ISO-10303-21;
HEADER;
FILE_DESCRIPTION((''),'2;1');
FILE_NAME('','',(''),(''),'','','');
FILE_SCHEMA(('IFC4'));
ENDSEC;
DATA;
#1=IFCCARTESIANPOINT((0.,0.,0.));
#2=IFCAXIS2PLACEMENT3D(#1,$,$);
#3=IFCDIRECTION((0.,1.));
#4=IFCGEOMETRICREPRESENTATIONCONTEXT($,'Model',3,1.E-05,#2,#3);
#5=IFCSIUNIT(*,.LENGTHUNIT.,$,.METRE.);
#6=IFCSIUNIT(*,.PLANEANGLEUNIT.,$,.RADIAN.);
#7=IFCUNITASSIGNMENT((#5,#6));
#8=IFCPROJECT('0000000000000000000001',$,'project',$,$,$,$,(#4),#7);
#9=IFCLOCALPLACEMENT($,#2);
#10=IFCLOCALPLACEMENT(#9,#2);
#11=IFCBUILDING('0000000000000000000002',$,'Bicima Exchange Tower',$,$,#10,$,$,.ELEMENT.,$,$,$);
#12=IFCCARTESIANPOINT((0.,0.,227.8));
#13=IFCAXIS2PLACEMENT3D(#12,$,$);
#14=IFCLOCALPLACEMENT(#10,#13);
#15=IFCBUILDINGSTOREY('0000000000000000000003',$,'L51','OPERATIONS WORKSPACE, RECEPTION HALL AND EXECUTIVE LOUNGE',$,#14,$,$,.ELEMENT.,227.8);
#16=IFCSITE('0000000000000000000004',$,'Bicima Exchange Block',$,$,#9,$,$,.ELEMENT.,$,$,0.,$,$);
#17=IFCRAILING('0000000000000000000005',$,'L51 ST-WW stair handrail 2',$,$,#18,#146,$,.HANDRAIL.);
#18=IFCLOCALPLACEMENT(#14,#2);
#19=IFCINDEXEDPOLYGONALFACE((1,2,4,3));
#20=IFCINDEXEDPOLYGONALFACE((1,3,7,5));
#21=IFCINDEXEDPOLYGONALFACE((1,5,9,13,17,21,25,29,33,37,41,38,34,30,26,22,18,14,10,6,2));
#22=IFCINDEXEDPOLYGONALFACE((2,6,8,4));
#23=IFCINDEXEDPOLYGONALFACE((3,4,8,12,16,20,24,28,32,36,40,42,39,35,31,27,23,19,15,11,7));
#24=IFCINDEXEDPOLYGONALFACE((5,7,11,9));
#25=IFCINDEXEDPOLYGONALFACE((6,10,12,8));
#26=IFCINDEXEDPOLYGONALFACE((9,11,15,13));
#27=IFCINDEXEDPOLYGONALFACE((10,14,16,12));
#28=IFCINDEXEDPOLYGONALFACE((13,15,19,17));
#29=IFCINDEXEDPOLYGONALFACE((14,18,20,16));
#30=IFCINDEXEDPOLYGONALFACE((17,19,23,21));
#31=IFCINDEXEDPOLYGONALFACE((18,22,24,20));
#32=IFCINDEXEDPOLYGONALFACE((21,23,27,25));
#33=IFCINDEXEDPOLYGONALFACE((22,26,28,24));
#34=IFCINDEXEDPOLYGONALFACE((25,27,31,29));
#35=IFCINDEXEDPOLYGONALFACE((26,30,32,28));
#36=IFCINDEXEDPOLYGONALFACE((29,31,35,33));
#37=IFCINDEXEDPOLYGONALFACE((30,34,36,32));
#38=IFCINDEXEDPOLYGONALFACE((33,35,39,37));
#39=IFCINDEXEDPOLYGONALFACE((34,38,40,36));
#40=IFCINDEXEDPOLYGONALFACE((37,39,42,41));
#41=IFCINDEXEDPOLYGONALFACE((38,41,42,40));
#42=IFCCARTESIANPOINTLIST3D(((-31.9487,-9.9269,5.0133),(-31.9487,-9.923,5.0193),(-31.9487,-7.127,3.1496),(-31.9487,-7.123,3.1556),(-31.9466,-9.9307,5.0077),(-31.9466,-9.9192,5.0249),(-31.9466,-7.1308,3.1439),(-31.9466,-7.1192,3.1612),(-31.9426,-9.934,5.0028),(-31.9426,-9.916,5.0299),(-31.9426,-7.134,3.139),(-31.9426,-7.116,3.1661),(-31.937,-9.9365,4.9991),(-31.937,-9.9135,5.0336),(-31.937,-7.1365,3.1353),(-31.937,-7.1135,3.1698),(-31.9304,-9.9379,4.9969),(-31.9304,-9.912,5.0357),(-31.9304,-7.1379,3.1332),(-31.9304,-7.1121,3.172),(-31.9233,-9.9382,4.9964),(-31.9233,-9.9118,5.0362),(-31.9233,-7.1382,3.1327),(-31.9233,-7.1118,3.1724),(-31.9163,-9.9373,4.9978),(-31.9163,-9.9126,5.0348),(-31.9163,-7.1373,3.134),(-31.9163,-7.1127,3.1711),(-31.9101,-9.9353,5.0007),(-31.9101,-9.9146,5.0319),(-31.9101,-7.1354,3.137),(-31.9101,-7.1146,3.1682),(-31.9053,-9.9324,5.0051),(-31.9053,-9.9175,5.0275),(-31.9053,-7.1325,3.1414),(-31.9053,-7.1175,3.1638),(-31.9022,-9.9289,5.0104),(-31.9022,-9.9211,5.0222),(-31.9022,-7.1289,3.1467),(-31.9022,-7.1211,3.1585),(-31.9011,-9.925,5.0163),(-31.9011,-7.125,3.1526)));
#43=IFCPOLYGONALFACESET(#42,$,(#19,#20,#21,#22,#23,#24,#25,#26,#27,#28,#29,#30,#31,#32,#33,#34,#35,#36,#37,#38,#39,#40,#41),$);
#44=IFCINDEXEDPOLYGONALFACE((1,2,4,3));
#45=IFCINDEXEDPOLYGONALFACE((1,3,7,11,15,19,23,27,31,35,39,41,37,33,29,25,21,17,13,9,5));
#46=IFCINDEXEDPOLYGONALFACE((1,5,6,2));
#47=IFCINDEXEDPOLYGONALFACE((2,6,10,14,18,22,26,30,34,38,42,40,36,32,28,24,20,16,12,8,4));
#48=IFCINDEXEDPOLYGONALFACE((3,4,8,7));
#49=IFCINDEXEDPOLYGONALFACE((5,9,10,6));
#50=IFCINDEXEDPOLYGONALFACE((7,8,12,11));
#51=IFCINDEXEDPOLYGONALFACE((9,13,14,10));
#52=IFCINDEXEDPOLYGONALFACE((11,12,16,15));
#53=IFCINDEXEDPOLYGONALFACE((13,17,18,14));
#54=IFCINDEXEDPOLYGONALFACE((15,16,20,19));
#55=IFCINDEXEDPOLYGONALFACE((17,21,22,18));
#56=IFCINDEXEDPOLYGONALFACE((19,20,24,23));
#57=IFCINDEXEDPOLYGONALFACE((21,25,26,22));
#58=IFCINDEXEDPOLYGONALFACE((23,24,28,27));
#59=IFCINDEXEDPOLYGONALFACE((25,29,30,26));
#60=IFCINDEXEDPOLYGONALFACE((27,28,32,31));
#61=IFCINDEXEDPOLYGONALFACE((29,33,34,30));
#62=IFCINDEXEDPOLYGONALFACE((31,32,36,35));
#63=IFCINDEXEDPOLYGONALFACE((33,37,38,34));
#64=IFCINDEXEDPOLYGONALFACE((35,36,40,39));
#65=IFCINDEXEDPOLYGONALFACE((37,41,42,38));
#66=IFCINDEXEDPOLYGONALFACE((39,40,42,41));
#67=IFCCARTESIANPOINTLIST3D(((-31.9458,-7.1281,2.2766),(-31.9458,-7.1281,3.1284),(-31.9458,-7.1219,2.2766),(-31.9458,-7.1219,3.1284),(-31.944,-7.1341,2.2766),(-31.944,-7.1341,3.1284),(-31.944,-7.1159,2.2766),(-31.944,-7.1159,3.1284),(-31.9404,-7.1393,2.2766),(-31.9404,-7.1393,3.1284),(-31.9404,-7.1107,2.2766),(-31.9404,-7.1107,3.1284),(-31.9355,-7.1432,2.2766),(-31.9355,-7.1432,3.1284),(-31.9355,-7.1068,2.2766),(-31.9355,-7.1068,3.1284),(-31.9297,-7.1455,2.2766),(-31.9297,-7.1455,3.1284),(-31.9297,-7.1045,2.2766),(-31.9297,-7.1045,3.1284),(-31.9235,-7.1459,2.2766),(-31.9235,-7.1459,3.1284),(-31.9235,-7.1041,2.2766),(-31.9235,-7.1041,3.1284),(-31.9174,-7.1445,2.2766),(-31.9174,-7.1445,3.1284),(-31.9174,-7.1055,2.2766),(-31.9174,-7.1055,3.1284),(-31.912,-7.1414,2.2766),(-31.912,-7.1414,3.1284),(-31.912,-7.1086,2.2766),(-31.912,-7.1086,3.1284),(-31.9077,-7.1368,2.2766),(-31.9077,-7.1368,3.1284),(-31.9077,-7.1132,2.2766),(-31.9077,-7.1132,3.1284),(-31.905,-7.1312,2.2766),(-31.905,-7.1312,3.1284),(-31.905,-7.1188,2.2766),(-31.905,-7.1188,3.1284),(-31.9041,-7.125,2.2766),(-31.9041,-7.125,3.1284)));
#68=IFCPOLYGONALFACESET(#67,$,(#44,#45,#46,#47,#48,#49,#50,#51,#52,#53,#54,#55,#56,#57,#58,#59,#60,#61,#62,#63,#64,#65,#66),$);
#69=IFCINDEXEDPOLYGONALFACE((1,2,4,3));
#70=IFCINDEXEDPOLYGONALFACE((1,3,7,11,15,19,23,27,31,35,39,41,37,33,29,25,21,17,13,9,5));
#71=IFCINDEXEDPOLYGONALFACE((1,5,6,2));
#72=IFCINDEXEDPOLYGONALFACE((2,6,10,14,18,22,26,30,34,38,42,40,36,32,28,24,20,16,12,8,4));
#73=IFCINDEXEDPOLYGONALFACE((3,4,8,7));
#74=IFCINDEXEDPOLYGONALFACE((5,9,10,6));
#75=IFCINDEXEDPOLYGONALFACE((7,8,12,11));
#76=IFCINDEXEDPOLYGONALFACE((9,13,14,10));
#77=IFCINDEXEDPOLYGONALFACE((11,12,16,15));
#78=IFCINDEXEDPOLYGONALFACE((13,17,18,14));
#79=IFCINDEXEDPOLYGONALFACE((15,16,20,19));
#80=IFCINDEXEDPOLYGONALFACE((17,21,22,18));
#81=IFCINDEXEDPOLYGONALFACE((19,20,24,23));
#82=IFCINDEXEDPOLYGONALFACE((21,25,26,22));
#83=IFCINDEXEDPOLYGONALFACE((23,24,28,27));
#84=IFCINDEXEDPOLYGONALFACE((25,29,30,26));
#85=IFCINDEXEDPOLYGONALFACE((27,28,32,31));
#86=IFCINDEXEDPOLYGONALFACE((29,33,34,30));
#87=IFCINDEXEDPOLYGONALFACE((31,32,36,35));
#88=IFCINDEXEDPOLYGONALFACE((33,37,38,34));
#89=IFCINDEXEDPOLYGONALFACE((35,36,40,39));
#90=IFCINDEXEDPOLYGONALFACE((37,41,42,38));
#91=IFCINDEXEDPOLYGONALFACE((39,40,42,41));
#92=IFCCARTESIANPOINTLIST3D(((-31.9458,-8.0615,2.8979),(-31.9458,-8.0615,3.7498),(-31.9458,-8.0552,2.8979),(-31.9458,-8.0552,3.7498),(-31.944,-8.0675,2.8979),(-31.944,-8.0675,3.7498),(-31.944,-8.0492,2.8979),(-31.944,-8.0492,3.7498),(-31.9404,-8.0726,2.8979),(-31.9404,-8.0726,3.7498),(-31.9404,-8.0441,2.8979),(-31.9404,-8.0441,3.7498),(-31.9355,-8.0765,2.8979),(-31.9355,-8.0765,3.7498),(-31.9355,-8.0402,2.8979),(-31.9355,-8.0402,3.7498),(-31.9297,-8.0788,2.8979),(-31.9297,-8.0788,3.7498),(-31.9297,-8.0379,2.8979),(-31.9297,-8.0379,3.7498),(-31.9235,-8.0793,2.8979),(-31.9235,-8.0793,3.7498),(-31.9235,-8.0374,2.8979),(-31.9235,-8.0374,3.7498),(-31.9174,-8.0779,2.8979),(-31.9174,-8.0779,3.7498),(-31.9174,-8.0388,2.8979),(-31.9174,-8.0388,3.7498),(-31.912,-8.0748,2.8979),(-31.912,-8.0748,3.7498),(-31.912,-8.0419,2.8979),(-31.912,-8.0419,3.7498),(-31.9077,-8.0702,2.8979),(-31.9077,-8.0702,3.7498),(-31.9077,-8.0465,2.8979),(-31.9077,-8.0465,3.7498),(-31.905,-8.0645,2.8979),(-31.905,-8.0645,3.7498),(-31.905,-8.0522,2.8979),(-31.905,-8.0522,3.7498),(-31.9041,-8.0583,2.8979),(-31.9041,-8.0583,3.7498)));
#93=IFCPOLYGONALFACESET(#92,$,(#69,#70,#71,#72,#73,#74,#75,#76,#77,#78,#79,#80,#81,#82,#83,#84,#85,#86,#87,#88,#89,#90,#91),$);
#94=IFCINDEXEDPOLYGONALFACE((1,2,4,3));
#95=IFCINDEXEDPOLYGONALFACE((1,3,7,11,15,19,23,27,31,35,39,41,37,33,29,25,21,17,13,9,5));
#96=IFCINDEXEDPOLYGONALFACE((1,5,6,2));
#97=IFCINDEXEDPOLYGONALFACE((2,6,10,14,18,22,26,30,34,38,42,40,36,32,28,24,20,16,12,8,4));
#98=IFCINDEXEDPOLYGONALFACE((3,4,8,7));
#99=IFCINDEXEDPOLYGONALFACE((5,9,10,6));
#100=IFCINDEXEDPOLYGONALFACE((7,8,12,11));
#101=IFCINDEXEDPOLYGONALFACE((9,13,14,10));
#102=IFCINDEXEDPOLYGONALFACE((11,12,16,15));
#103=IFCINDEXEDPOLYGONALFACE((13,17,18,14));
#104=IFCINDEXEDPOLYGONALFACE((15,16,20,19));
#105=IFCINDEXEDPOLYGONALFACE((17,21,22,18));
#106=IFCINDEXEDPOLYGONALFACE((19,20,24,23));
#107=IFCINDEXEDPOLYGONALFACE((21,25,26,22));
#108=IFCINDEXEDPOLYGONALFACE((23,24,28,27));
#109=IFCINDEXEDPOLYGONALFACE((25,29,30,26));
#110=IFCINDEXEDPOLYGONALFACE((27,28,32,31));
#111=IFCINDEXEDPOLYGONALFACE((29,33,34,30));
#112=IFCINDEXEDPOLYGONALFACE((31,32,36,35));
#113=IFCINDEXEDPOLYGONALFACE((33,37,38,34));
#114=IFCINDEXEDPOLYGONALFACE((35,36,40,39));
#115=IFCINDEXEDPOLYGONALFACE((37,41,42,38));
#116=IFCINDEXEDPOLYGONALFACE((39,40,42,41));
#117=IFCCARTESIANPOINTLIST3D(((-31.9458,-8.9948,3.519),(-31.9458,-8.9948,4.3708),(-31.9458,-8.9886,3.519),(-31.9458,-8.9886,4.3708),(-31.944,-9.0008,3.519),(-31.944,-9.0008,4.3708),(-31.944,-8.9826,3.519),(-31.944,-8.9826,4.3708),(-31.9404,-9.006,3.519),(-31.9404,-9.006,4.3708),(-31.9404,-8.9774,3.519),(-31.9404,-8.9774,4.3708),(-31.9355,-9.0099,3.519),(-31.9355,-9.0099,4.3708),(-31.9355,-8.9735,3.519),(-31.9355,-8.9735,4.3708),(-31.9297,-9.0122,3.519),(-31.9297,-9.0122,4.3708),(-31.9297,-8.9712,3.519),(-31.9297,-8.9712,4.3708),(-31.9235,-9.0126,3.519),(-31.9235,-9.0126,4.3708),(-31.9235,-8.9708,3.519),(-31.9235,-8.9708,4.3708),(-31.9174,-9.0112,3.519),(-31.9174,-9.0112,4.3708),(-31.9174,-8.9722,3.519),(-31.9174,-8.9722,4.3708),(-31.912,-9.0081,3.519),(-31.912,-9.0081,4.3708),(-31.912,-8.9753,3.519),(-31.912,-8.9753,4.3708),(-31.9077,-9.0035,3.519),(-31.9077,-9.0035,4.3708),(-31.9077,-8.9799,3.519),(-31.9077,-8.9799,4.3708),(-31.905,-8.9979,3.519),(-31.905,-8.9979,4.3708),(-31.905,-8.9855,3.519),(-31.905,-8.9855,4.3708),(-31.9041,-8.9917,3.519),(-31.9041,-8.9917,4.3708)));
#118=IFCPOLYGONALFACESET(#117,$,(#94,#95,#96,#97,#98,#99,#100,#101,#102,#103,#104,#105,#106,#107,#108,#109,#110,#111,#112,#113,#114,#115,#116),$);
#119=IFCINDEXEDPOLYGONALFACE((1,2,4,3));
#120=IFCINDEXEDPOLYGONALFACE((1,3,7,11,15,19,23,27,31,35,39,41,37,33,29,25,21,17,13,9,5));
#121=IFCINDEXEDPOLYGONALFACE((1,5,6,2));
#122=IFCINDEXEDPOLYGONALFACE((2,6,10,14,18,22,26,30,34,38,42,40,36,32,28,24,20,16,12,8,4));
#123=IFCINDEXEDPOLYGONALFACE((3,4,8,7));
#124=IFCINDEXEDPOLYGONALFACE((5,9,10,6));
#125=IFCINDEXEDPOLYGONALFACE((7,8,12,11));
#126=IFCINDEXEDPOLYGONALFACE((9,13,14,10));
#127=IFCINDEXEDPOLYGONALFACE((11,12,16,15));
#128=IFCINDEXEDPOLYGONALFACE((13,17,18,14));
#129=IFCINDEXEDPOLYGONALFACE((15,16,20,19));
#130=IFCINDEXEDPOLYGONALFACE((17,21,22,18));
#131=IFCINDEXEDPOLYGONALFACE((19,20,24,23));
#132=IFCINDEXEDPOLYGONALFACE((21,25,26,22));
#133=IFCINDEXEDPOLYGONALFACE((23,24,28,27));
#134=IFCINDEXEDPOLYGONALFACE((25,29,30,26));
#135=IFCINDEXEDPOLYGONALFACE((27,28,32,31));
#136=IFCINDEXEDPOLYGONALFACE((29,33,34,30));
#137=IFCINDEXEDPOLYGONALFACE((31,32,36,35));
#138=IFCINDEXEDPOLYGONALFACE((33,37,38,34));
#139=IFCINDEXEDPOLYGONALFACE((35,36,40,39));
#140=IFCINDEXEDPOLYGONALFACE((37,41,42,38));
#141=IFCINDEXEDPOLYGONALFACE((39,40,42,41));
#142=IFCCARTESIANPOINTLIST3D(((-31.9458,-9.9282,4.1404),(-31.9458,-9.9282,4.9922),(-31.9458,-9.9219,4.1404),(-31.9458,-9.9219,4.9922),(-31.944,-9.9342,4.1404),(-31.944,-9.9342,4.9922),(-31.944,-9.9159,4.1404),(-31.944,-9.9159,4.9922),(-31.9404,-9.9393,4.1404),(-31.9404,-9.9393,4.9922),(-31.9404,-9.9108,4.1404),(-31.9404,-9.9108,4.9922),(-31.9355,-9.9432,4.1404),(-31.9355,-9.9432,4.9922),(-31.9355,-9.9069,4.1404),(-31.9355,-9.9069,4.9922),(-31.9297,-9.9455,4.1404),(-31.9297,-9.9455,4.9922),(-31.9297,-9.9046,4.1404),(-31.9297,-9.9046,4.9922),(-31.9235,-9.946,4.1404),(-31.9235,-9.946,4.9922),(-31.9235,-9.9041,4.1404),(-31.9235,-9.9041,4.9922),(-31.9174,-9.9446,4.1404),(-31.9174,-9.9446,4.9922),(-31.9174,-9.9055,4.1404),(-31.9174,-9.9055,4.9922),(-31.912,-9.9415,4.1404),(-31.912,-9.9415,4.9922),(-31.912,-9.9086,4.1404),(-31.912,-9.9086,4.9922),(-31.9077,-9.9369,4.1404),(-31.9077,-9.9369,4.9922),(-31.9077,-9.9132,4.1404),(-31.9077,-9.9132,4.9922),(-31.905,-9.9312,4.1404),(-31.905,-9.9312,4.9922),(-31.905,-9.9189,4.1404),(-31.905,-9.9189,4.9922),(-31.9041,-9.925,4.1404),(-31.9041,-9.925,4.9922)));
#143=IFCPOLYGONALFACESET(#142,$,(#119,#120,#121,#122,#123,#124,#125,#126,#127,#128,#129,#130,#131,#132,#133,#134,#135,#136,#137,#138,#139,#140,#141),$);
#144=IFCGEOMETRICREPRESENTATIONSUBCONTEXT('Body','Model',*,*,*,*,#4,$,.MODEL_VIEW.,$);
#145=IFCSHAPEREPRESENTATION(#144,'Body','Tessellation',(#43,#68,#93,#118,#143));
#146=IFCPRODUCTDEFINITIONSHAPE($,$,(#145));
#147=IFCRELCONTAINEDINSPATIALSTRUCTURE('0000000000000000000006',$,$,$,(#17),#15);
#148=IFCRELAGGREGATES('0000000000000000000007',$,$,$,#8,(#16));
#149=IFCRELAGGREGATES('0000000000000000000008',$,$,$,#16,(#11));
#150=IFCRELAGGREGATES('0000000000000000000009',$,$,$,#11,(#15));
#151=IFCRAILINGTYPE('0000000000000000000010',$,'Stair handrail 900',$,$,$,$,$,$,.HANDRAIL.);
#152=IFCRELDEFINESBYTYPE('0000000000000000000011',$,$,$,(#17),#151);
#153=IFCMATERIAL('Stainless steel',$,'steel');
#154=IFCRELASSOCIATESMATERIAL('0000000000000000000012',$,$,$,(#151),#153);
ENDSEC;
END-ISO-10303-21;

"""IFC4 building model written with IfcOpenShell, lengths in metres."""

from ifc_helpers import new_model, si_unit, direction, frame, origin, origin_2d, place, context, subcontext, project, spatial, circle, extrude, material, type_object, element, save


model = new_model("IFC4")

# Units and contexts
model_context = context("Model", 3, precision=1e-05, world=origin(), true_north=direction((0.0, 1.0)))
body_context = subcontext(model_context, "Body", "Model", "MODEL_VIEW")
ifc_project = project(units=[si_unit("LENGTHUNIT", "METRE"), si_unit("PLANEANGLEUNIT", "RADIAN")], contexts=[model_context])

# Site, building, storey
site_placement = place(None, origin())
site = spatial("IfcSite", under=ifc_project, at=site_placement, Name="Bicima Exchange Block", CompositionType="ELEMENT", RefElevation=0.0)
building_placement = place(site_placement, origin())
building = spatial("IfcBuilding", under=site, at=building_placement, Name="Bicima Exchange Tower", CompositionType="ELEMENT")
storey_placement = place(building_placement, frame((0.0, 0.0, 227.8)))
storey = spatial("IfcBuildingStorey", under=building, at=storey_placement, Name="L51", Description="OPERATIONS WORKSPACE, RECEPTION HALL AND EXECUTIVE LOUNGE", CompositionType="ELEMENT", Elevation=227.8)

# Railing
ifc_material_1 = material(Name="Stainless steel", Category="steel")
railing_type_1 = type_object("IfcRailingType", Name="Stair handrail 900", PredefinedType="HANDRAIL", material=ifc_material_1)
railing_1_placement = place(storey_placement, frame((-31.925, -7.125, 2.2766)))
element("IfcRailing", 1, at=railing_1_placement, inside=storey, type_object=railing_type_1, Name="L51 ST-WW stair handrail 2", PredefinedType="HANDRAIL", context=body_context, shape_type="SweptSolid", body=[
    extrude(circle(Radius=0.0239, at=origin_2d()), frame((0.0, 0.0, 0.876), z_axis=(0.0, -0.832452, 0.554097), x_axis=(1.0, 0.0, 0.0)), (0.0, 0.0, 1.0), 3.3635),
    extrude(circle(Radius=0.021, at=origin_2d()), origin(), (0.0, 0.0, 1.0), 0.8518),
    extrude(circle(Radius=0.021, at=origin_2d()), frame((0.0, -0.9333, 0.6213)), (0.0, 0.0, 1.0), 0.8518),
    extrude(circle(Radius=0.021, at=origin_2d()), frame((0.0, -1.8667, 1.2424)), (0.0, 0.0, 1.0), 0.8518),
    extrude(circle(Radius=0.021, at=origin_2d()), frame((0.0, -2.8, 1.8638)), (0.0, 0.0, 1.0), 0.8518),
])

save(model, "model.ifc")
